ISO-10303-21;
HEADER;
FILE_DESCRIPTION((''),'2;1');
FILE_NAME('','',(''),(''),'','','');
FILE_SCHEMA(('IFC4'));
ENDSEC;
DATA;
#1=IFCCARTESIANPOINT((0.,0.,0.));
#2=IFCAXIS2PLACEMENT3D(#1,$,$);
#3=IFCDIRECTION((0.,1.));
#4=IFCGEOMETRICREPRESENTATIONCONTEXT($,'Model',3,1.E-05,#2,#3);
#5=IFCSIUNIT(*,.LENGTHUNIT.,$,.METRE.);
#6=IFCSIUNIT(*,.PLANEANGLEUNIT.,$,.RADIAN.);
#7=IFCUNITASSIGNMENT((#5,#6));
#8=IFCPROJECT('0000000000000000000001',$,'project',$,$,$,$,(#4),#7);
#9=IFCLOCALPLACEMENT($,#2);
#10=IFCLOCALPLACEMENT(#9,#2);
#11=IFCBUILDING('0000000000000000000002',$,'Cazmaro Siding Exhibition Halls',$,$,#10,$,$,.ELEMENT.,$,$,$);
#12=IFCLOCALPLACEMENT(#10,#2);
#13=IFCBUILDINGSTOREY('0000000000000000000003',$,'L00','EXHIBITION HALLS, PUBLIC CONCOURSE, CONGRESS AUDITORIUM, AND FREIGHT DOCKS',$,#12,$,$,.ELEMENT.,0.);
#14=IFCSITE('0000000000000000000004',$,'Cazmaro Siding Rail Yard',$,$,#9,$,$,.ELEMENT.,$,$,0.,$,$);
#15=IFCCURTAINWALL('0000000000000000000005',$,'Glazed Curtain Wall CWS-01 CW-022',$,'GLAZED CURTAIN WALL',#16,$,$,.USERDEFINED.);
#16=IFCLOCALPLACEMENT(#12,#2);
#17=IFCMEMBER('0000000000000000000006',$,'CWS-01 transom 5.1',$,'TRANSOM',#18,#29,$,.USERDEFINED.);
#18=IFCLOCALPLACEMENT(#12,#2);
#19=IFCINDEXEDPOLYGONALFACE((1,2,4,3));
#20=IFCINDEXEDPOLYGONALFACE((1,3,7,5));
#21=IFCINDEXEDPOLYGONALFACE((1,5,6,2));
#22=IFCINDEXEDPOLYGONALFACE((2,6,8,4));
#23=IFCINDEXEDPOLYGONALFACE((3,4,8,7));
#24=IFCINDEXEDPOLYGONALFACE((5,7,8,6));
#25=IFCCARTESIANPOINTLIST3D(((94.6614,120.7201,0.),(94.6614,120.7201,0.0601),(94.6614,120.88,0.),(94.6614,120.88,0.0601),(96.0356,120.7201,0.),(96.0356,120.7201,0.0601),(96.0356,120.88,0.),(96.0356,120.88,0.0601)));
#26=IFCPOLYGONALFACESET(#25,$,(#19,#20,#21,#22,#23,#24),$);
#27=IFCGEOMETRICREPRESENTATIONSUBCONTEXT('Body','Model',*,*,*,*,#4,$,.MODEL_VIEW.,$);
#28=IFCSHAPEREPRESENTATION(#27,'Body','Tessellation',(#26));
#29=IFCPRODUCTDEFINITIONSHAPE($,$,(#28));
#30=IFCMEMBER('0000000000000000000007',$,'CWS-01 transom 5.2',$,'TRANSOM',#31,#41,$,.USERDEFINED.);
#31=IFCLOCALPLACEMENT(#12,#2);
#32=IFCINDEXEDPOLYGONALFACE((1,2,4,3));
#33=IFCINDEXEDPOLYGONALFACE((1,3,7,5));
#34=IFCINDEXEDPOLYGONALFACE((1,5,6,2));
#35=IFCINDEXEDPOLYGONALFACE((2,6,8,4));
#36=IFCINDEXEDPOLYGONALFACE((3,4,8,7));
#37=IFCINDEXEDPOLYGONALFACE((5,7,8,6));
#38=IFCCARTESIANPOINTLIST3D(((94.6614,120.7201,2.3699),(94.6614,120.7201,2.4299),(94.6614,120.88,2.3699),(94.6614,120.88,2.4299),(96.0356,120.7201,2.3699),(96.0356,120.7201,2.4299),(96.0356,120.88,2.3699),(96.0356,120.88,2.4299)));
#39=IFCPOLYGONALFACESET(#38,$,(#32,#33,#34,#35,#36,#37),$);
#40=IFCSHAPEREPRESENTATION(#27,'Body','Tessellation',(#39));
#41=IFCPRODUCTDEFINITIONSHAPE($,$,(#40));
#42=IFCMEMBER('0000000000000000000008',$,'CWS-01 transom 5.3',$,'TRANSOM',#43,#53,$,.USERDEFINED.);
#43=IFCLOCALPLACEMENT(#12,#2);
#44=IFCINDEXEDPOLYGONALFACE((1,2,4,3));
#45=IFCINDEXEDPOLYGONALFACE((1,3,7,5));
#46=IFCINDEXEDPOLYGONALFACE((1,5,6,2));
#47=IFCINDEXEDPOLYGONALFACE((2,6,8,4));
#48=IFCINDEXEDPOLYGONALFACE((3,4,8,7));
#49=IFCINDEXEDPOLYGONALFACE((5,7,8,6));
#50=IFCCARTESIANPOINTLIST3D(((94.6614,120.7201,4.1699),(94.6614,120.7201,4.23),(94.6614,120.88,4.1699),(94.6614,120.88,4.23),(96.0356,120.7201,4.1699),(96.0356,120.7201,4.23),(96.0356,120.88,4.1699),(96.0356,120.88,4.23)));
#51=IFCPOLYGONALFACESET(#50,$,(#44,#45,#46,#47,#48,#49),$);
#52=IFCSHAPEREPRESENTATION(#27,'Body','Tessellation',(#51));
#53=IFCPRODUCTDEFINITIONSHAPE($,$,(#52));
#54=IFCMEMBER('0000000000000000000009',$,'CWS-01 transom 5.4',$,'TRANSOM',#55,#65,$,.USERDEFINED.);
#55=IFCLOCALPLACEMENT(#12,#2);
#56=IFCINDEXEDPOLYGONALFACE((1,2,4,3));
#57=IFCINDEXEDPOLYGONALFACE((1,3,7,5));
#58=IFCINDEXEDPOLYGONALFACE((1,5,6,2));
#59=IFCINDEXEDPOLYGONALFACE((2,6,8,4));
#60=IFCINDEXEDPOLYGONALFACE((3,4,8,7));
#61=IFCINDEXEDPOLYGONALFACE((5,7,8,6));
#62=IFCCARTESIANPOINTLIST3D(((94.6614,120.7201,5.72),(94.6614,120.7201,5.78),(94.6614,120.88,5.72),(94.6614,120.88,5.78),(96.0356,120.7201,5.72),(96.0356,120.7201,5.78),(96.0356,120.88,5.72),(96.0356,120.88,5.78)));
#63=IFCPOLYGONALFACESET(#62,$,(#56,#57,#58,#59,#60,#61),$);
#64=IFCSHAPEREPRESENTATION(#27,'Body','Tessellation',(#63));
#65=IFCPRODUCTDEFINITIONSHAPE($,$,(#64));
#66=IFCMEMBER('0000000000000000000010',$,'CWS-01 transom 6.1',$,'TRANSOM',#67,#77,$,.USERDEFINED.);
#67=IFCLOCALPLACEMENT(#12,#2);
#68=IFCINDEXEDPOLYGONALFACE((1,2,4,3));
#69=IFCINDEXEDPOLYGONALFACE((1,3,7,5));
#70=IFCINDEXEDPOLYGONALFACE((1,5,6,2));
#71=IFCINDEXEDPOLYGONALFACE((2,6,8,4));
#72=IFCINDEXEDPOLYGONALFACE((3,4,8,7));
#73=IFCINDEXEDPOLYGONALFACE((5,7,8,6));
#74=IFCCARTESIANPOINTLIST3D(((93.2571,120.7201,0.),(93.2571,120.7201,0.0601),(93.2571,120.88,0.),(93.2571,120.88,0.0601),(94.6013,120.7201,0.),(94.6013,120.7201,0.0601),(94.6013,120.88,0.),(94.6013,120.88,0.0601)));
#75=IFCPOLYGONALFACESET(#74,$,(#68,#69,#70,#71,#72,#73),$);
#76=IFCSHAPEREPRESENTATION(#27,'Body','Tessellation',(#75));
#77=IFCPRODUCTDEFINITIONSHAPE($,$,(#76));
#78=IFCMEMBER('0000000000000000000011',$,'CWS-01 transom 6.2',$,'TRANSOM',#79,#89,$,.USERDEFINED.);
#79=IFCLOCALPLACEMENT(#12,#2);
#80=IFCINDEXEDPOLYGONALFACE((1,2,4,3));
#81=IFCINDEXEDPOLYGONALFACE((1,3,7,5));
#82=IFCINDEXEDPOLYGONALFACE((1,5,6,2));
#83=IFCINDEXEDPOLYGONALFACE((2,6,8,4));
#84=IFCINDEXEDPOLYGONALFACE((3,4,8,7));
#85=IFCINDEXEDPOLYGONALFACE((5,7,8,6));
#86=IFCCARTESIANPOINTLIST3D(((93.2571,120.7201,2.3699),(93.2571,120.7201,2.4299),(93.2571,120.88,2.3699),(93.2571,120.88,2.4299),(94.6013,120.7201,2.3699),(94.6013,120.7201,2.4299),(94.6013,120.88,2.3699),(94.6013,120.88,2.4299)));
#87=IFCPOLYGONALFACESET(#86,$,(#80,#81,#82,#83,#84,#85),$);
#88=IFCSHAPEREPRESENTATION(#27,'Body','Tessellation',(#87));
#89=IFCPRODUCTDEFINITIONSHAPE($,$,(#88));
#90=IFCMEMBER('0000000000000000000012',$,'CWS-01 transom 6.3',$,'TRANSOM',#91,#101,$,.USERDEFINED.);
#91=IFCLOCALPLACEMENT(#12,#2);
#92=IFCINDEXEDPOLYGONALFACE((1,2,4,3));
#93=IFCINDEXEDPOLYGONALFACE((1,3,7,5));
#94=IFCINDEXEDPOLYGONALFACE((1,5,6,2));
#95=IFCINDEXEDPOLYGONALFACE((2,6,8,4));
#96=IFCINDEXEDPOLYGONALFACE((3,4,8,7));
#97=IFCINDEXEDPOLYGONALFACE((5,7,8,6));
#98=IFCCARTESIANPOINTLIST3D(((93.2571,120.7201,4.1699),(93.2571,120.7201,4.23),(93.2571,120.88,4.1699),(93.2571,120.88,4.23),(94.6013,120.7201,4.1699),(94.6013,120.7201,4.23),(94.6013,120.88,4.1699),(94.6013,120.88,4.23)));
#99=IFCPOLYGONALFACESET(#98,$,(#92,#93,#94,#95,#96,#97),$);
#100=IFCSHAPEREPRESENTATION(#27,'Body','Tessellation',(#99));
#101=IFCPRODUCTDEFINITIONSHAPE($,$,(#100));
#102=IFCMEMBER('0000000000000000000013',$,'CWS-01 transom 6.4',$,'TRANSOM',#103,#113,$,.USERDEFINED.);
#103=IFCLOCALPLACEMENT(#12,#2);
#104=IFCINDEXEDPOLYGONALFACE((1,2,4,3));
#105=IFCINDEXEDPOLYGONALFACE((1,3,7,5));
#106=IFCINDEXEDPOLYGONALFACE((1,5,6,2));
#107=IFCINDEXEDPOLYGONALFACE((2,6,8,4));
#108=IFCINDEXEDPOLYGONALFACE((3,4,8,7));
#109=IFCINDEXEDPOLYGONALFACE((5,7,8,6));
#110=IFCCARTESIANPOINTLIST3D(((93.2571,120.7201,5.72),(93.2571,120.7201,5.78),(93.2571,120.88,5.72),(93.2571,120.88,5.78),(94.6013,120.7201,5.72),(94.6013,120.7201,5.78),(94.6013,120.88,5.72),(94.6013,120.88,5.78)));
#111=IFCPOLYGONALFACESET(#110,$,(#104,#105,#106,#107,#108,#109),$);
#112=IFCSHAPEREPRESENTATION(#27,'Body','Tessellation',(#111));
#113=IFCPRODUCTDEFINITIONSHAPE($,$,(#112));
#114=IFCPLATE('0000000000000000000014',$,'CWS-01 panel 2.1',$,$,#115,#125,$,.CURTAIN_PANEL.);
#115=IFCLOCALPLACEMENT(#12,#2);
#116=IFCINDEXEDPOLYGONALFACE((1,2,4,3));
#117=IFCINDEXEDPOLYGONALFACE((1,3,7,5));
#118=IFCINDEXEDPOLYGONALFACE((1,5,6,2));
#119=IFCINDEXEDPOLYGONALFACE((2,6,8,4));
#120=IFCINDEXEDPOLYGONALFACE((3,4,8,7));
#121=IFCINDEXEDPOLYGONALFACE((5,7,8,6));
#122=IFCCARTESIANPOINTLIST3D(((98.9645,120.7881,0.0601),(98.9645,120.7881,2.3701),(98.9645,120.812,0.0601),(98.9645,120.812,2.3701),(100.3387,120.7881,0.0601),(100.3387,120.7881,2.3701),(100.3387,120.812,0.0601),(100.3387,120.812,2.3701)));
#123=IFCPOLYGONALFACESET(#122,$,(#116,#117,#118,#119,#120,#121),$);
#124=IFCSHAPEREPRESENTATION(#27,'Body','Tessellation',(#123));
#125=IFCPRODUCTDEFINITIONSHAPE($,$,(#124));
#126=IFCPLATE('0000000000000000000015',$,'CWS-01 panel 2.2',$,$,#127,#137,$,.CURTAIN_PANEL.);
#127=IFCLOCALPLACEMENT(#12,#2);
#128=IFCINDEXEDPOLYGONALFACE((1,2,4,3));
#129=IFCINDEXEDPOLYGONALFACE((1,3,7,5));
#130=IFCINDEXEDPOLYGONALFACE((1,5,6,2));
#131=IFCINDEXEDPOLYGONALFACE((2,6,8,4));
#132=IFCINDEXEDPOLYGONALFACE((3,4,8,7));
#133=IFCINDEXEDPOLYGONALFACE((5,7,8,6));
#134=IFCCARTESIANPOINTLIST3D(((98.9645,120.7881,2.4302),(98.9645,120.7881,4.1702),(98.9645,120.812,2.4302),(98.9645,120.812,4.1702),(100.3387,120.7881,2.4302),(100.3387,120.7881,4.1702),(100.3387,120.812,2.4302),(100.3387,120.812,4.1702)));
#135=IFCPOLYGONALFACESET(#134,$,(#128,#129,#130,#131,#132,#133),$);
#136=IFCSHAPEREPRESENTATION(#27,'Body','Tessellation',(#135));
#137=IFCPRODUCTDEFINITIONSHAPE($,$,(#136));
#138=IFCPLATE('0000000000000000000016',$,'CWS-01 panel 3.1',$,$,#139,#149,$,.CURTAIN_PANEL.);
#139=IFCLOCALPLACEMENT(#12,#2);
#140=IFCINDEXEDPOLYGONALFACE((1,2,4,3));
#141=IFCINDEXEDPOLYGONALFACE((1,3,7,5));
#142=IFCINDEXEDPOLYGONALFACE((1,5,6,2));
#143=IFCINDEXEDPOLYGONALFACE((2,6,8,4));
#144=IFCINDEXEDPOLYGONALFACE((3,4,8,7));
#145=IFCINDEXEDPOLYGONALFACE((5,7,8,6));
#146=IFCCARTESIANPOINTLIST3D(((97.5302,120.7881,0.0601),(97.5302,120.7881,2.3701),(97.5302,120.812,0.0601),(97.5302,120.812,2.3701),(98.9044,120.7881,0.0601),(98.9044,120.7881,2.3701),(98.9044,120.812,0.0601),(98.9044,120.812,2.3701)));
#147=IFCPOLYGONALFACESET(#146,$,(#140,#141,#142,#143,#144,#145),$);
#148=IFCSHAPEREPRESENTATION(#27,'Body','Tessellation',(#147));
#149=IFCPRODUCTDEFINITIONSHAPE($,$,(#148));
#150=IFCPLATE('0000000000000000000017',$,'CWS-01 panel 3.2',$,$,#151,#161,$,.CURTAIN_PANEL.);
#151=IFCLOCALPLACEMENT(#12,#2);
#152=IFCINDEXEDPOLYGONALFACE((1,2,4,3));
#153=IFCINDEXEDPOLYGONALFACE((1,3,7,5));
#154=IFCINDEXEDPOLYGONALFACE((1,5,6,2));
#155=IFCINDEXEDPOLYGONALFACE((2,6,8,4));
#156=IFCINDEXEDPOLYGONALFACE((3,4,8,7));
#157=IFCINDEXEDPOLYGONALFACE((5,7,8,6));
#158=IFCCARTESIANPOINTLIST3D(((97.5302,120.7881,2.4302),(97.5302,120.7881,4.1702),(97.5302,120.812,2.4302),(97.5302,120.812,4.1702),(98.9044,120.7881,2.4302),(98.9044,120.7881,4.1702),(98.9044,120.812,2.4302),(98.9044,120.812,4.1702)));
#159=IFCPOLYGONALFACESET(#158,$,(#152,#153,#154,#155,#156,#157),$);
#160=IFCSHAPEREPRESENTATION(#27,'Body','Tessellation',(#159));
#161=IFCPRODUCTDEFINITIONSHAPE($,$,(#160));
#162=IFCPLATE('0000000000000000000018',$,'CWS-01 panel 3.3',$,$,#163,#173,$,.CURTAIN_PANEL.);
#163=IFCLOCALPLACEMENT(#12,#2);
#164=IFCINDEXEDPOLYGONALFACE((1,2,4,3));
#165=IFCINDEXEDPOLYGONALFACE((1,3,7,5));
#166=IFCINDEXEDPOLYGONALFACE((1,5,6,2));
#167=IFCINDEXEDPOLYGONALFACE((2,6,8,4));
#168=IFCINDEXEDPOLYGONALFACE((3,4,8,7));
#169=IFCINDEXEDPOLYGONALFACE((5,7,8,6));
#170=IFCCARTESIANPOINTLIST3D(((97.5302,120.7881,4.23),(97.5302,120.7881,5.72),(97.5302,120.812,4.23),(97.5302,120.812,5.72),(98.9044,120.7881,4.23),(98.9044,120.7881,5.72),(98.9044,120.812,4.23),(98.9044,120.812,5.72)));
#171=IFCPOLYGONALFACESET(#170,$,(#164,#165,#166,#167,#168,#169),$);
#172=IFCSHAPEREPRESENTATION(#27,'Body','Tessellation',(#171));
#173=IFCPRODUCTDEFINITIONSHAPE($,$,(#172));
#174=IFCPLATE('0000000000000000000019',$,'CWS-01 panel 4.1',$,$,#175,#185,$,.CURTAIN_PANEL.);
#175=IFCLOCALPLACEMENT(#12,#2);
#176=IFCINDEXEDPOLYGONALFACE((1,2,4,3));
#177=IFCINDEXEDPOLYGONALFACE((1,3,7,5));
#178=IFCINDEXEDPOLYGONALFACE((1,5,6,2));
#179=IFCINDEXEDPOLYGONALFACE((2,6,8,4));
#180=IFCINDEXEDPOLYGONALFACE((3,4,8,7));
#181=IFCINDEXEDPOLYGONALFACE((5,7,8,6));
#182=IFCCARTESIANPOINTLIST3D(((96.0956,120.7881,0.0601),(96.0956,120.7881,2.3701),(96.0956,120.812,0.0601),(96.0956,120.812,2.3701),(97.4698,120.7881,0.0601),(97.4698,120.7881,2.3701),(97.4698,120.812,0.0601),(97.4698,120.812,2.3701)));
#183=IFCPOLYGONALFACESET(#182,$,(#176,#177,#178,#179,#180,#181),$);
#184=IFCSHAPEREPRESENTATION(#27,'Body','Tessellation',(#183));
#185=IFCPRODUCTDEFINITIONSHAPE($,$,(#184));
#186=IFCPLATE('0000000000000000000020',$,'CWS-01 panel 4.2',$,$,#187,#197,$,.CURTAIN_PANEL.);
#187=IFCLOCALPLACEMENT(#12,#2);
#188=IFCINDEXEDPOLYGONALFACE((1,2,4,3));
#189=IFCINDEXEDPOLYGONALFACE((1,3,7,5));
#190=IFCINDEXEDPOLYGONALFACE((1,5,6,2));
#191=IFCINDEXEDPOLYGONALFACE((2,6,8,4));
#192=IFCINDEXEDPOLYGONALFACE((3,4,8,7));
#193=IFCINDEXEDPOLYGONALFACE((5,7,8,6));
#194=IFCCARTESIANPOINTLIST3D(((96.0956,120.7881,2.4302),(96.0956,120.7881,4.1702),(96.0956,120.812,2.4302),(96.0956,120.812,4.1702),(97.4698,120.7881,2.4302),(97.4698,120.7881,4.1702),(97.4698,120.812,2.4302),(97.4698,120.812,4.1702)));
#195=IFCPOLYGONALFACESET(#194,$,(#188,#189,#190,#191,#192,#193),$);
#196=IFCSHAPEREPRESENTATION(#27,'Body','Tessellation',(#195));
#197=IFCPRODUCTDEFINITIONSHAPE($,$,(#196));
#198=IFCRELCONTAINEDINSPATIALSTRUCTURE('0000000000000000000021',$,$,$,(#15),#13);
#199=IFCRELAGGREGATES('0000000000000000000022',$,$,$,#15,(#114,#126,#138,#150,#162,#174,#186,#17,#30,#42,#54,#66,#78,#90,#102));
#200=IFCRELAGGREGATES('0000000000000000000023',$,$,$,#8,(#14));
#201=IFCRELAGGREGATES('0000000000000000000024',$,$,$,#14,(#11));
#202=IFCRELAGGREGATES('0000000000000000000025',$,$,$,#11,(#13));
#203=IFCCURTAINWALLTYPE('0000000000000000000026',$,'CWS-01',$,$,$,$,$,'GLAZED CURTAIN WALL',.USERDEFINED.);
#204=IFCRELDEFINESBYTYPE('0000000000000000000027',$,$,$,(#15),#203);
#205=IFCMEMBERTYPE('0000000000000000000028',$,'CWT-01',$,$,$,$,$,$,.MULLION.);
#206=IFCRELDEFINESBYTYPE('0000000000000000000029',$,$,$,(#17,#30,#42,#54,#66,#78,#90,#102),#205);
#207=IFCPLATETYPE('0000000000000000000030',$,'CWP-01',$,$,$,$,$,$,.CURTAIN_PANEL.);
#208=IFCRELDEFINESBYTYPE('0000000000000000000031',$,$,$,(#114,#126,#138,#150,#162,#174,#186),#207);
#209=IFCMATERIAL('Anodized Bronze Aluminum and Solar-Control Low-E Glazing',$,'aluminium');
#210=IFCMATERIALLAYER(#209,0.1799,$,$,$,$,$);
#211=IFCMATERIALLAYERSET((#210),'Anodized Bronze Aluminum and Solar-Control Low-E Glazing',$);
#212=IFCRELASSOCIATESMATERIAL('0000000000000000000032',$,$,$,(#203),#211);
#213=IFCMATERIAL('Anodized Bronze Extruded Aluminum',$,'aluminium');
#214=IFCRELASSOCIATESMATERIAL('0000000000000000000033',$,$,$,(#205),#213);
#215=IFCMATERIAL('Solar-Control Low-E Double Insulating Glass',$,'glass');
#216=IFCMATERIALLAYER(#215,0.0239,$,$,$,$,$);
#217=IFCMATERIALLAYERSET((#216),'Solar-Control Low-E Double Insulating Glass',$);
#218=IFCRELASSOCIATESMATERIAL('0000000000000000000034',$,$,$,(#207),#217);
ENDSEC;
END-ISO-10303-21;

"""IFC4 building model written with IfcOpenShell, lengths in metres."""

from ifc_helpers import new_model, si_unit, direction, frame, origin, origin_2d, place, context, subcontext, project, spatial, rectangle, extrude, material, layer, layer_set, material_profile, profile_set, type_object, element, aggregate, save


model = new_model("IFC4")

# Units and contexts
model_context = context("Model", 3, precision=1e-05, world=origin(), true_north=direction((0.0, 1.0)))
body_context = subcontext(model_context, "Body", "Model", "MODEL_VIEW")
ifc_project = project(units=[si_unit("LENGTHUNIT", "METRE"), si_unit("PLANEANGLEUNIT", "RADIAN")], contexts=[model_context])

# Site, building, storey
site_placement = place(None, origin())
site = spatial("IfcSite", under=ifc_project, at=site_placement, Name="Cazmaro Siding Rail Yard", CompositionType="ELEMENT", RefElevation=0.0)
building_placement = place(site_placement, origin())
building = spatial("IfcBuilding", under=site, at=building_placement, Name="Cazmaro Siding Exhibition Halls", CompositionType="ELEMENT")
storey_placement = place(building_placement, origin())
storey = spatial("IfcBuildingStorey", under=building, at=storey_placement, Name="L00", Description="EXHIBITION HALLS, PUBLIC CONCOURSE, CONGRESS AUDITORIUM, AND FREIGHT DOCKS", CompositionType="ELEMENT", Elevation=0.0)

# Curtain wall, members, plates
ifc_material_1 = material(Name="Anodized Bronze Aluminum and Solar-Control Low-E Glazing", Category="aluminium")
ifc_layer_1 = layer(ifc_material_1, 0.1799)
ifc_layer_set_1 = layer_set([ifc_layer_1], Name="Anodized Bronze Aluminum and Solar-Control Low-E Glazing")
curtain_wall_type = type_object("IfcCurtainWallType", Name="CWS-01", ElementType="GLAZED CURTAIN WALL", PredefinedType="USERDEFINED", material=ifc_layer_set_1)
curtain_wall_placement = place(storey_placement, origin())
curtain_wall = element("IfcCurtainWall", 1, at=curtain_wall_placement, inside=storey, type_object=curtain_wall_type, Name="Glazed Curtain Wall CWS-01 CW-022", ObjectType="GLAZED CURTAIN WALL", PredefinedType="USERDEFINED")
ifc_material_2 = material(Name="Anodized Bronze Extruded Aluminum", Category="aluminium")
ifc_material_profile_1 = material_profile(ifc_material_2, rectangle(XDim=0.1599, YDim=0.0601, at=origin_2d()), Name="CWT-01")
ifc_profile_set_1 = profile_set([ifc_material_profile_1], Name="Anodized Bronze Extruded Aluminum")
member_type_1 = type_object("IfcMemberType", Name="CWT-01", PredefinedType="MULLION", material=ifc_profile_set_1)
member_1_placement = place(storey_placement, frame((96.0356, 120.8, 0.03), z_axis=(-1.0, 0.0, 0.0), x_axis=(0.0, -1.0, 0.0)))
member_1 = element("IfcMember", 2, at=member_1_placement, type_object=member_type_1, Name="CWS-01 transom 5.1", ObjectType="TRANSOM", PredefinedType="USERDEFINED", context=body_context, shape_type="SweptSolid", body=[
    extrude(rectangle(XDim=0.1599, YDim=0.0601, at=origin_2d()), origin(), (0.0, 0.0, 1.0), 1.3743),
])
member_2_placement = place(storey_placement, frame((96.0356, 120.8, 2.3999), z_axis=(-1.0, 0.0, 0.0), x_axis=(0.0, -1.0, 0.0)))
member_2 = element("IfcMember", 3, at=member_2_placement, type_object=member_type_1, Name="CWS-01 transom 5.2", ObjectType="TRANSOM", PredefinedType="USERDEFINED", context=body_context, shape_type="SweptSolid", body=[
    extrude(rectangle(XDim=0.1599, YDim=0.0601, at=origin_2d()), origin(), (0.0, 0.0, 1.0), 1.3743),
])
member_3_placement = place(storey_placement, frame((96.0356, 120.8, 4.2), z_axis=(-1.0, 0.0, 0.0), x_axis=(0.0, -1.0, 0.0)))
member_3 = element("IfcMember", 4, at=member_3_placement, type_object=member_type_1, Name="CWS-01 transom 5.3", ObjectType="TRANSOM", PredefinedType="USERDEFINED", context=body_context, shape_type="SweptSolid", body=[
    extrude(rectangle(XDim=0.1599, YDim=0.0601, at=origin_2d()), origin(), (0.0, 0.0, 1.0), 1.3743),
])
member_4_placement = place(storey_placement, frame((96.0356, 120.8, 5.75), z_axis=(-1.0, 0.0, 0.0), x_axis=(0.0, -1.0, 0.0)))
member_4 = element("IfcMember", 5, at=member_4_placement, type_object=member_type_1, Name="CWS-01 transom 5.4", ObjectType="TRANSOM", PredefinedType="USERDEFINED", context=body_context, shape_type="SweptSolid", body=[
    extrude(rectangle(XDim=0.1599, YDim=0.0601, at=origin_2d()), origin(), (0.0, 0.0, 1.0), 1.3743),
])
member_5_placement = place(storey_placement, frame((94.6013, 120.8, 0.03), z_axis=(-1.0, 0.0, 0.0), x_axis=(0.0, -1.0, 0.0)))
member_5 = element("IfcMember", 6, at=member_5_placement, type_object=member_type_1, Name="CWS-01 transom 6.1", ObjectType="TRANSOM", PredefinedType="USERDEFINED", context=body_context, shape_type="SweptSolid", body=[
    extrude(rectangle(XDim=0.1599, YDim=0.0601, at=origin_2d()), origin(), (0.0, 0.0, 1.0), 1.3442),
])
member_6_placement = place(storey_placement, frame((94.6013, 120.8, 2.3999), z_axis=(-1.0, 0.0, 0.0), x_axis=(0.0, -1.0, 0.0)))
member_6 = element("IfcMember", 7, at=member_6_placement, type_object=member_type_1, Name="CWS-01 transom 6.2", ObjectType="TRANSOM", PredefinedType="USERDEFINED", context=body_context, shape_type="SweptSolid", body=[
    extrude(rectangle(XDim=0.1599, YDim=0.0601, at=origin_2d()), origin(), (0.0, 0.0, 1.0), 1.3442),
])
member_7_placement = place(storey_placement, frame((94.6013, 120.8, 4.2), z_axis=(-1.0, 0.0, 0.0), x_axis=(0.0, -1.0, 0.0)))
member_7 = element("IfcMember", 8, at=member_7_placement, type_object=member_type_1, Name="CWS-01 transom 6.3", ObjectType="TRANSOM", PredefinedType="USERDEFINED", context=body_context, shape_type="SweptSolid", body=[
    extrude(rectangle(XDim=0.1599, YDim=0.0601, at=origin_2d()), origin(), (0.0, 0.0, 1.0), 1.3442),
])
member_8_placement = place(storey_placement, frame((94.6013, 120.8, 5.75), z_axis=(-1.0, 0.0, 0.0), x_axis=(0.0, -1.0, 0.0)))
member_8 = element("IfcMember", 9, at=member_8_placement, type_object=member_type_1, Name="CWS-01 transom 6.4", ObjectType="TRANSOM", PredefinedType="USERDEFINED", context=body_context, shape_type="SweptSolid", body=[
    extrude(rectangle(XDim=0.1599, YDim=0.0601, at=origin_2d()), origin(), (0.0, 0.0, 1.0), 1.3442),
])
ifc_material_3 = material(Name="Solar-Control Low-E Double Insulating Glass", Category="glass")
ifc_layer_2 = layer(ifc_material_3, 0.0239)
ifc_layer_set_2 = layer_set([ifc_layer_2], Name="Solar-Control Low-E Double Insulating Glass")
plate_type = type_object("IfcPlateType", Name="CWP-01", PredefinedType="CURTAIN_PANEL", material=ifc_layer_set_2)
plate_1_placement = place(storey_placement, frame((99.6516, 120.8, 0.0601), z_axis=(0.0, 0.0, 1.0), x_axis=(-1.0, 0.0, 0.0)))
plate_1 = element("IfcPlate", 10, at=plate_1_placement, type_object=plate_type, Name="CWS-01 panel 2.1", PredefinedType="CURTAIN_PANEL", context=body_context, shape_type="SweptSolid", body=[
    extrude(rectangle(XDim=1.3743, YDim=0.0239, at=origin_2d()), origin(), (0.0, 0.0, 1.0), 2.3101),
])
plate_2_placement = place(storey_placement, frame((99.6516, 120.8, 2.4302), z_axis=(0.0, 0.0, 1.0), x_axis=(-1.0, 0.0, 0.0)))
plate_2 = element("IfcPlate", 11, at=plate_2_placement, type_object=plate_type, Name="CWS-01 panel 2.2", PredefinedType="CURTAIN_PANEL", context=body_context, shape_type="SweptSolid", body=[
    extrude(rectangle(XDim=1.3743, YDim=0.0239, at=origin_2d()), origin(), (0.0, 0.0, 1.0), 1.74),
])
plate_3_placement = place(storey_placement, frame((98.2173, 120.8, 0.0601), z_axis=(0.0, 0.0, 1.0), x_axis=(-1.0, 0.0, 0.0)))
plate_3 = element("IfcPlate", 12, at=plate_3_placement, type_object=plate_type, Name="CWS-01 panel 3.1", PredefinedType="CURTAIN_PANEL", context=body_context, shape_type="SweptSolid", body=[
    extrude(rectangle(XDim=1.3743, YDim=0.0239, at=origin_2d()), origin(), (0.0, 0.0, 1.0), 2.3101),
])
plate_4_placement = place(storey_placement, frame((98.2173, 120.8, 2.4302), z_axis=(0.0, 0.0, 1.0), x_axis=(-1.0, 0.0, 0.0)))
plate_4 = element("IfcPlate", 13, at=plate_4_placement, type_object=plate_type, Name="CWS-01 panel 3.2", PredefinedType="CURTAIN_PANEL", context=body_context, shape_type="SweptSolid", body=[
    extrude(rectangle(XDim=1.3743, YDim=0.0239, at=origin_2d()), origin(), (0.0, 0.0, 1.0), 1.74),
])
plate_5_placement = place(storey_placement, frame((98.2173, 120.8, 4.23), z_axis=(0.0, 0.0, 1.0), x_axis=(-1.0, 0.0, 0.0)))
plate_5 = element("IfcPlate", 14, at=plate_5_placement, type_object=plate_type, Name="CWS-01 panel 3.3", PredefinedType="CURTAIN_PANEL", context=body_context, shape_type="SweptSolid", body=[
    extrude(rectangle(XDim=1.3743, YDim=0.0239, at=origin_2d()), origin(), (0.0, 0.0, 1.0), 1.49),
])
plate_6_placement = place(storey_placement, frame((96.7827, 120.8, 0.0601), z_axis=(0.0, 0.0, 1.0), x_axis=(-1.0, 0.0, 0.0)))
plate_6 = element("IfcPlate", 15, at=plate_6_placement, type_object=plate_type, Name="CWS-01 panel 4.1", PredefinedType="CURTAIN_PANEL", context=body_context, shape_type="SweptSolid", body=[
    extrude(rectangle(XDim=1.3743, YDim=0.0239, at=origin_2d()), origin(), (0.0, 0.0, 1.0), 2.3101),
])
plate_7_placement = place(storey_placement, frame((96.7827, 120.8, 2.4302), z_axis=(0.0, 0.0, 1.0), x_axis=(-1.0, 0.0, 0.0)))
plate_7 = element("IfcPlate", 16, at=plate_7_placement, type_object=plate_type, Name="CWS-01 panel 4.2", PredefinedType="CURTAIN_PANEL", context=body_context, shape_type="SweptSolid", body=[
    extrude(rectangle(XDim=1.3743, YDim=0.0239, at=origin_2d()), origin(), (0.0, 0.0, 1.0), 1.74),
])
aggregate(curtain_wall, [plate_1, plate_2, plate_3, plate_4, plate_5, plate_6, plate_7, member_1, member_2, member_3, member_4, member_5, member_6, member_7, member_8])

save(model, "model.ifc")
